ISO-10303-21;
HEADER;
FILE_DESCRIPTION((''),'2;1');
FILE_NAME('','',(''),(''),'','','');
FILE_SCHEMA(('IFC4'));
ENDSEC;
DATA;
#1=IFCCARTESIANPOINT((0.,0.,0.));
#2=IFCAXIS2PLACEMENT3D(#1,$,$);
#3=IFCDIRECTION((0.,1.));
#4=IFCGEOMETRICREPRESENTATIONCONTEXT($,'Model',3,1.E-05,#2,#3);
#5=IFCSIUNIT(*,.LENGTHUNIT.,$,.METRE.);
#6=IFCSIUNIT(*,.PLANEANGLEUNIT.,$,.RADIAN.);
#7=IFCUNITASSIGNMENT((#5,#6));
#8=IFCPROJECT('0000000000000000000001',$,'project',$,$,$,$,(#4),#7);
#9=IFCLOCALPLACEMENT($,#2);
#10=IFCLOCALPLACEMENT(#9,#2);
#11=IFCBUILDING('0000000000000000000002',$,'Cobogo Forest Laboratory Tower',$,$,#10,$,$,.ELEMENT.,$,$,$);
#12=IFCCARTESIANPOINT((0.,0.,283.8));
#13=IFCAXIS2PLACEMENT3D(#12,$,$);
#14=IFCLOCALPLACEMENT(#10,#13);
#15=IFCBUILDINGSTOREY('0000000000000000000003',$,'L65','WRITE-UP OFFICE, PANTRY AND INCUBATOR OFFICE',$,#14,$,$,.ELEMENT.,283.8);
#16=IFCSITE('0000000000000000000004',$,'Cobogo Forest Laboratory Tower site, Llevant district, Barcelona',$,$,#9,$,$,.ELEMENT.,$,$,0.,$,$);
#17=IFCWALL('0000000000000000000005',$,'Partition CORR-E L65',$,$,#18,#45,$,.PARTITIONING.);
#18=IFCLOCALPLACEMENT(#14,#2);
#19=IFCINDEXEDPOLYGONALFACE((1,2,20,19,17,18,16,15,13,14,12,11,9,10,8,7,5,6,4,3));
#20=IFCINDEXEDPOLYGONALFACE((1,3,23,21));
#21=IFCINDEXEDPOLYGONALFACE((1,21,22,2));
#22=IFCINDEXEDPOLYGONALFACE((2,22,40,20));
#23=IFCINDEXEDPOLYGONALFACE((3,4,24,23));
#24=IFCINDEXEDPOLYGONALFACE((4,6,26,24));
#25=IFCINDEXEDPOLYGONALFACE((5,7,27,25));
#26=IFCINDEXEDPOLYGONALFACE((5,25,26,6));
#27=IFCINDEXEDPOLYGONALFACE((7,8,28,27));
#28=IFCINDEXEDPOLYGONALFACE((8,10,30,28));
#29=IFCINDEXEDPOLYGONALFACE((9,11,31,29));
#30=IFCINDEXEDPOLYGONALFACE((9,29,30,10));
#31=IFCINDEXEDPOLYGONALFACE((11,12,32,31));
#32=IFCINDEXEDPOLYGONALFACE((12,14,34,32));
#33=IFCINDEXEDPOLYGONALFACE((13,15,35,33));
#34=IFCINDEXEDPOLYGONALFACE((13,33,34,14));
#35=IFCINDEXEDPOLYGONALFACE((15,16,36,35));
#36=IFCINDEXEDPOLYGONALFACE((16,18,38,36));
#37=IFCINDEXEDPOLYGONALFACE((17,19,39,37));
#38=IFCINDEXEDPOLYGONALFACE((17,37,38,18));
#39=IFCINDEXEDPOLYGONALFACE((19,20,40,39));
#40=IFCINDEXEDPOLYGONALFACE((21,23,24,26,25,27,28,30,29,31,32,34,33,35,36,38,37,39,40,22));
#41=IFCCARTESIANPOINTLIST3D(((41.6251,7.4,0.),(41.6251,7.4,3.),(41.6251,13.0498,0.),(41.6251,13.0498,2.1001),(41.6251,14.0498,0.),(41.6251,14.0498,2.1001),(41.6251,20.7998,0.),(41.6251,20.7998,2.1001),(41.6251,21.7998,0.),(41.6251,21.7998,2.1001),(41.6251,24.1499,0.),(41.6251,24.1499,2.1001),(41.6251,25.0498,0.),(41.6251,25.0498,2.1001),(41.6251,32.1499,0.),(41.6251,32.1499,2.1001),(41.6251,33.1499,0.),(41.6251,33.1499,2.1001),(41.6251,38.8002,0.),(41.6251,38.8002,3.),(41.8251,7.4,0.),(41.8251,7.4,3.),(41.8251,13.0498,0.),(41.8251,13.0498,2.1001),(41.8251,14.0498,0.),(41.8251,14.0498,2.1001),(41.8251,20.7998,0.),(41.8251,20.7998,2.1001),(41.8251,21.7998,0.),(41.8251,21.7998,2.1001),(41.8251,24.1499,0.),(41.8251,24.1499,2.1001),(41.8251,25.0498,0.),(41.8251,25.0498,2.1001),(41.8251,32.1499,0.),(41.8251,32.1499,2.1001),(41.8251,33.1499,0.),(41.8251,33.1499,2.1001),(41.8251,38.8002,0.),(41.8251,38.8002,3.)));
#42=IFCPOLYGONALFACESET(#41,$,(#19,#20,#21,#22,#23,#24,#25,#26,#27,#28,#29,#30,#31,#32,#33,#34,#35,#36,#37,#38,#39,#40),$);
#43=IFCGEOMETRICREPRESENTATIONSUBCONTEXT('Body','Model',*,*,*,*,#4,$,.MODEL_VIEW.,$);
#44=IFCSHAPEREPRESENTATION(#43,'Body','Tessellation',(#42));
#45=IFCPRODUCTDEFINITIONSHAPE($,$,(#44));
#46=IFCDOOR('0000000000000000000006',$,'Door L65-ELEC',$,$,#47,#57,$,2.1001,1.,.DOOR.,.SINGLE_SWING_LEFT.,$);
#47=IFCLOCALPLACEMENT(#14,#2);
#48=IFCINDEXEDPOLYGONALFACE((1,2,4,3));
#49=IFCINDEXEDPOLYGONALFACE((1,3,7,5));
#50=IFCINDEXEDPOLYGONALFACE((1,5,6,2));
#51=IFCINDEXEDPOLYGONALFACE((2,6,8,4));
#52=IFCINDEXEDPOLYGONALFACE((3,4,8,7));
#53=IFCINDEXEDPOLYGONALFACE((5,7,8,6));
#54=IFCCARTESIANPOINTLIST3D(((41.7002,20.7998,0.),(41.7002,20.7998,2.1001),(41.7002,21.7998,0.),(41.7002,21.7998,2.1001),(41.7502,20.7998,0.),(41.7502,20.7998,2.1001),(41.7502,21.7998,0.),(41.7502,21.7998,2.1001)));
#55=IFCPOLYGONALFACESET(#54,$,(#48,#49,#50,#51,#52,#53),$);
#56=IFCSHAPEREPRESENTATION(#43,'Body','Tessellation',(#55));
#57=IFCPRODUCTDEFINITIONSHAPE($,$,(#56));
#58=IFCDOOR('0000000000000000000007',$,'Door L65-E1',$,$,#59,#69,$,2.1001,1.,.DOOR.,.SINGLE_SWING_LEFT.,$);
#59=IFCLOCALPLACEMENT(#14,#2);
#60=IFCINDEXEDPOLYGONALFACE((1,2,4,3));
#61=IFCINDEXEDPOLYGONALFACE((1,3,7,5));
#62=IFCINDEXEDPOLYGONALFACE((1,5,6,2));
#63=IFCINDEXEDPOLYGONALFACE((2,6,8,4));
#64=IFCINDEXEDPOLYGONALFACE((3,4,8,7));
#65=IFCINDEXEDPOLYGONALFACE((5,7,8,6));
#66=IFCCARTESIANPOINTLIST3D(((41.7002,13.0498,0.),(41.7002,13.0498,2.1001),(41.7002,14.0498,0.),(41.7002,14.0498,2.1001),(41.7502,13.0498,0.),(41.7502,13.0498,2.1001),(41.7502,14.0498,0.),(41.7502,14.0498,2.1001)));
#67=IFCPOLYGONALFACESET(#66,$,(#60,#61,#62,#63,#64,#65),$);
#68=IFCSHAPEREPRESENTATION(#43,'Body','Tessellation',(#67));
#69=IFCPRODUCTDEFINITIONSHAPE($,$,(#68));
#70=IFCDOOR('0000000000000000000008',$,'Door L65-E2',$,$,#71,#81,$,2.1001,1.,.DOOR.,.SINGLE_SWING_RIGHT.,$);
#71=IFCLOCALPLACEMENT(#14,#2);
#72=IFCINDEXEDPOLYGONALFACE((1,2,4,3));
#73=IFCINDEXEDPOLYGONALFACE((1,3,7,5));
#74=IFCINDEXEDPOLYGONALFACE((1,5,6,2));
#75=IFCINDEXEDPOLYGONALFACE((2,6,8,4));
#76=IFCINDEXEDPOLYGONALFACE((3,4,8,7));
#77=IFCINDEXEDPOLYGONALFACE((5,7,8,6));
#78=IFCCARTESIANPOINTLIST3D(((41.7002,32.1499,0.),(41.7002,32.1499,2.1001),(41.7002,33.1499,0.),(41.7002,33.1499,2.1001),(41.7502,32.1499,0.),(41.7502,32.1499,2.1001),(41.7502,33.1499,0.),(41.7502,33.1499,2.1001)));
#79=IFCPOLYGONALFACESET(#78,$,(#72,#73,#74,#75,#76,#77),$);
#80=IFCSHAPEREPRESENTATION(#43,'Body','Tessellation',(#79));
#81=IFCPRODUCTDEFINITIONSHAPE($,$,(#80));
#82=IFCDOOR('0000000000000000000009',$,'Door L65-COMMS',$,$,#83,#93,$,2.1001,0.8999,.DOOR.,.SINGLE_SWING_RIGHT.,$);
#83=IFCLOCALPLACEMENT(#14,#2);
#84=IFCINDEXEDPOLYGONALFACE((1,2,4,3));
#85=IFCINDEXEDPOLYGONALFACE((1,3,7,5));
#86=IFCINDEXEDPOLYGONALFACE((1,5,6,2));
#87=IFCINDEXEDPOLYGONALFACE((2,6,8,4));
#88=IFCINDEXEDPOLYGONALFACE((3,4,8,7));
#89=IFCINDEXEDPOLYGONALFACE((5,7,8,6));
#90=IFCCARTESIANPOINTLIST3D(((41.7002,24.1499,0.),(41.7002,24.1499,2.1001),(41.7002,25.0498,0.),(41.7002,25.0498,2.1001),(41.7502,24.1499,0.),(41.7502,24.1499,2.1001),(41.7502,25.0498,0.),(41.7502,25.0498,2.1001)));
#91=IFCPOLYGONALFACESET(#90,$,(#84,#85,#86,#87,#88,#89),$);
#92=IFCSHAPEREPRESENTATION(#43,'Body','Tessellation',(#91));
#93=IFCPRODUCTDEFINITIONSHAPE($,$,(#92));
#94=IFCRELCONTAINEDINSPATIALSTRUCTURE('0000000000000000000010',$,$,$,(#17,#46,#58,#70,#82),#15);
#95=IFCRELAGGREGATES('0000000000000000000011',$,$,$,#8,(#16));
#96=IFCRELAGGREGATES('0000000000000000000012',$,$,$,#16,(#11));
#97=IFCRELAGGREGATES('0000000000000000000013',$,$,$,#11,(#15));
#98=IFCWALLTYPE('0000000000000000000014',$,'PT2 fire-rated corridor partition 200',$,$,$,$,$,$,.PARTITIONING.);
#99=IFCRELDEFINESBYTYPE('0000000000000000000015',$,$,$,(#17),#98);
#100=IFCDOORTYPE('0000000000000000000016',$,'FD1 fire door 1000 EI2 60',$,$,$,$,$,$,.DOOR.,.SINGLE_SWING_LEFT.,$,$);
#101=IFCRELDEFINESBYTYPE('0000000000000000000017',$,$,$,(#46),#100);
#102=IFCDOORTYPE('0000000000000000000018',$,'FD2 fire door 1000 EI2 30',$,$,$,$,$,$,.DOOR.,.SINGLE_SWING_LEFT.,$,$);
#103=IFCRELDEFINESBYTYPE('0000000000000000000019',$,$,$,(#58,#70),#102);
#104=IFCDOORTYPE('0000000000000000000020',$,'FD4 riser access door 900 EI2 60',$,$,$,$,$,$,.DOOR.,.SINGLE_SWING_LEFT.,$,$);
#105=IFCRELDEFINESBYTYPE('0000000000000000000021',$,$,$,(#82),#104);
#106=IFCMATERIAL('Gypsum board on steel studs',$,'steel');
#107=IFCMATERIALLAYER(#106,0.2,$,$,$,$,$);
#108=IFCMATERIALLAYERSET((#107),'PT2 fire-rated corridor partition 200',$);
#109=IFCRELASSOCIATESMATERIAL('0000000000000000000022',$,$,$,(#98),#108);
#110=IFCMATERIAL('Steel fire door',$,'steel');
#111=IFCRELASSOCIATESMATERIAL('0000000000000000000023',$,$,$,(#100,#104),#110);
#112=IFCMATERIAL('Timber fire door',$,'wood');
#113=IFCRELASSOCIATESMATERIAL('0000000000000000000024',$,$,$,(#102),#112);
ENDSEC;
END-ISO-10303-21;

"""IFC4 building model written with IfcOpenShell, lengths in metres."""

from ifc_helpers import new_model, si_unit, direction, frame, frame_2d, origin, place, context, subcontext, project, spatial, rectangle, extrude, material, layer, layer_set, type_object, element, fill, save


model = new_model("IFC4")

# Units and contexts
model_context = context("Model", 3, precision=1e-05, world=origin(), true_north=direction((0.0, 1.0)))
body_context = subcontext(model_context, "Body", "Model", "MODEL_VIEW")
ifc_project = project(units=[si_unit("LENGTHUNIT", "METRE"), si_unit("PLANEANGLEUNIT", "RADIAN")], contexts=[model_context])

# Site, building, storey
site_placement = place(None, origin())
site = spatial("IfcSite", under=ifc_project, at=site_placement, Name="Cobogo Forest Laboratory Tower site, Llevant district, Barcelona", CompositionType="ELEMENT", RefElevation=0.0)
building_placement = place(site_placement, origin())
building = spatial("IfcBuilding", under=site, at=building_placement, Name="Cobogo Forest Laboratory Tower", CompositionType="ELEMENT")
storey_placement = place(building_placement, frame((0.0, 0.0, 283.8)))
storey = spatial("IfcBuildingStorey", under=building, at=storey_placement, Name="L65", Description="WRITE-UP OFFICE, PANTRY AND INCUBATOR OFFICE", CompositionType="ELEMENT", Elevation=283.8)

# Shared definitions
ifc_material_1 = material(Name="Steel fire door", Category="steel")

# Shared definitions
ifc_material_2 = material(Name="Gypsum board on steel studs", Category="steel")

# Wall, openings, doors
ifc_layer_1 = layer(ifc_material_2, 0.2)
ifc_layer_set_1 = layer_set([ifc_layer_1], Name="PT2 fire-rated corridor partition 200")
wall_type_1 = type_object("IfcWallType", Name="PT2 fire-rated corridor partition 200", PredefinedType="PARTITIONING", material=ifc_layer_set_1)
wall_1_placement = place(storey_placement, frame((41.7251, 7.3999, 0.0), z_axis=(0.0, 0.0, 1.0), x_axis=(0.0, 1.0, 0.0)))
wall_1 = element("IfcWall", 1, at=wall_1_placement, inside=storey, type_object=wall_type_1, Name="Partition CORR-E L65", PredefinedType="PARTITIONING", context=body_context, shape_type="SweptSolid", body=[
    extrude(rectangle(XDim=31.4001, YDim=0.2, at=frame_2d((15.7002, 0.0))), origin(), (0.0, 0.0, 1.0), 3.0),
])
opening_1_placement = place(wall_1_placement, frame((5.6499, 0.0, 0.0)))
opening_1 = element("IfcOpeningElement", 2, at=opening_1_placement, cuts=wall_1, PredefinedType="OPENING", context=body_context, shape_type="SweptSolid", body=[
    extrude(rectangle(XDim=1.0, YDim=2.1001, at=frame_2d((0.5, 1.05))), frame((0.0, 0.1099, 0.0), z_axis=(0.0, -1.0, 0.0), x_axis=(1.0, 0.0, 0.0)), (0.0, 0.0, 1.0), 0.22),
])
opening_2_placement = place(wall_1_placement, frame((13.3999, 0.0, 0.0)))
opening_2 = element("IfcOpeningElement", 3, at=opening_2_placement, cuts=wall_1, PredefinedType="OPENING", context=body_context, shape_type="SweptSolid", body=[
    extrude(rectangle(XDim=1.0, YDim=2.1001, at=frame_2d((0.5, 1.05))), frame((0.0, 0.1099, 0.0), z_axis=(0.0, -1.0, 0.0), x_axis=(1.0, 0.0, 0.0)), (0.0, 0.0, 1.0), 0.22),
])
opening_3_placement = place(wall_1_placement, frame((16.75, 0.0, 0.0)))
opening_3 = element("IfcOpeningElement", 4, at=opening_3_placement, cuts=wall_1, PredefinedType="OPENING", context=body_context, shape_type="SweptSolid", body=[
    extrude(rectangle(XDim=0.8999, YDim=2.1001, at=frame_2d((0.45, 1.05))), frame((0.0, 0.1099, 0.0), z_axis=(0.0, -1.0, 0.0), x_axis=(1.0, 0.0, 0.0)), (0.0, 0.0, 1.0), 0.22),
])
opening_4_placement = place(wall_1_placement, frame((24.75, 0.0, 0.0)))
opening_4 = element("IfcOpeningElement", 5, at=opening_4_placement, cuts=wall_1, PredefinedType="OPENING", context=body_context, shape_type="SweptSolid", body=[
    extrude(rectangle(XDim=1.0, YDim=2.1001, at=frame_2d((0.5, 1.05))), frame((0.0, 0.1099, 0.0), z_axis=(0.0, -1.0, 0.0), x_axis=(1.0, 0.0, 0.0)), (0.0, 0.0, 1.0), 0.22),
])
door_type_1 = type_object("IfcDoorType", Name="FD1 fire door 1000 EI2 60", OperationType="SINGLE_SWING_LEFT", PredefinedType="DOOR", material=ifc_material_1)
door_1_placement = place(opening_2_placement, origin())
door_1 = element("IfcDoor", 6, at=door_1_placement, inside=storey, type_object=door_type_1, Name="Door L65-ELEC", OperationType="SINGLE_SWING_LEFT", OverallHeight=2.1001, OverallWidth=1.0, PredefinedType="DOOR", context=body_context, shape_type="SweptSolid", body=[
    extrude(rectangle(XDim=1.0, YDim=2.1001, at=frame_2d((0.5, 1.05))), frame((0.0, 0.0249, 0.0), z_axis=(0.0, -1.0, 0.0), x_axis=(1.0, 0.0, 0.0)), (0.0, 0.0, 1.0), 0.05),
])
fill(opening_2, door_1)
ifc_material_3 = material(Name="Timber fire door", Category="wood")
door_type_2 = type_object("IfcDoorType", Name="FD2 fire door 1000 EI2 30", OperationType="SINGLE_SWING_LEFT", PredefinedType="DOOR", material=ifc_material_3)
door_2_placement = place(opening_1_placement, origin())
door_2 = element("IfcDoor", 7, at=door_2_placement, inside=storey, type_object=door_type_2, Name="Door L65-E1", OperationType="SINGLE_SWING_LEFT", OverallHeight=2.1001, OverallWidth=1.0, PredefinedType="DOOR", context=body_context, shape_type="SweptSolid", body=[
    extrude(rectangle(XDim=1.0, YDim=2.1001, at=frame_2d((0.5, 1.05))), frame((0.0, 0.0249, 0.0), z_axis=(0.0, -1.0, 0.0), x_axis=(1.0, 0.0, 0.0)), (0.0, 0.0, 1.0), 0.05),
])
fill(opening_1, door_2)
door_3_placement = place(opening_4_placement, origin())
door_3 = element("IfcDoor", 8, at=door_3_placement, inside=storey, type_object=door_type_2, Name="Door L65-E2", OperationType="SINGLE_SWING_RIGHT", OverallHeight=2.1001, OverallWidth=1.0, PredefinedType="DOOR", context=body_context, shape_type="SweptSolid", body=[
    extrude(rectangle(XDim=1.0, YDim=2.1001, at=frame_2d((0.5, 1.05))), frame((0.0, 0.0249, 0.0), z_axis=(0.0, -1.0, 0.0), x_axis=(1.0, 0.0, 0.0)), (0.0, 0.0, 1.0), 0.05),
])
fill(opening_4, door_3)
door_type_3 = type_object("IfcDoorType", Name="FD4 riser access door 900 EI2 60", OperationType="SINGLE_SWING_LEFT", PredefinedType="DOOR", material=ifc_material_1)
door_4_placement = place(opening_3_placement, origin())
door_4 = element("IfcDoor", 9, at=door_4_placement, inside=storey, type_object=door_type_3, Name="Door L65-COMMS", OperationType="SINGLE_SWING_RIGHT", OverallHeight=2.1001, OverallWidth=0.8999, PredefinedType="DOOR", context=body_context, shape_type="SweptSolid", body=[
    extrude(rectangle(XDim=0.8999, YDim=2.1001, at=frame_2d((0.45, 1.05))), frame((0.0, 0.0249, 0.0), z_axis=(0.0, -1.0, 0.0), x_axis=(1.0, 0.0, 0.0)), (0.0, 0.0, 1.0), 0.05),
])
fill(opening_3, door_4)

save(model, "model.ifc")
